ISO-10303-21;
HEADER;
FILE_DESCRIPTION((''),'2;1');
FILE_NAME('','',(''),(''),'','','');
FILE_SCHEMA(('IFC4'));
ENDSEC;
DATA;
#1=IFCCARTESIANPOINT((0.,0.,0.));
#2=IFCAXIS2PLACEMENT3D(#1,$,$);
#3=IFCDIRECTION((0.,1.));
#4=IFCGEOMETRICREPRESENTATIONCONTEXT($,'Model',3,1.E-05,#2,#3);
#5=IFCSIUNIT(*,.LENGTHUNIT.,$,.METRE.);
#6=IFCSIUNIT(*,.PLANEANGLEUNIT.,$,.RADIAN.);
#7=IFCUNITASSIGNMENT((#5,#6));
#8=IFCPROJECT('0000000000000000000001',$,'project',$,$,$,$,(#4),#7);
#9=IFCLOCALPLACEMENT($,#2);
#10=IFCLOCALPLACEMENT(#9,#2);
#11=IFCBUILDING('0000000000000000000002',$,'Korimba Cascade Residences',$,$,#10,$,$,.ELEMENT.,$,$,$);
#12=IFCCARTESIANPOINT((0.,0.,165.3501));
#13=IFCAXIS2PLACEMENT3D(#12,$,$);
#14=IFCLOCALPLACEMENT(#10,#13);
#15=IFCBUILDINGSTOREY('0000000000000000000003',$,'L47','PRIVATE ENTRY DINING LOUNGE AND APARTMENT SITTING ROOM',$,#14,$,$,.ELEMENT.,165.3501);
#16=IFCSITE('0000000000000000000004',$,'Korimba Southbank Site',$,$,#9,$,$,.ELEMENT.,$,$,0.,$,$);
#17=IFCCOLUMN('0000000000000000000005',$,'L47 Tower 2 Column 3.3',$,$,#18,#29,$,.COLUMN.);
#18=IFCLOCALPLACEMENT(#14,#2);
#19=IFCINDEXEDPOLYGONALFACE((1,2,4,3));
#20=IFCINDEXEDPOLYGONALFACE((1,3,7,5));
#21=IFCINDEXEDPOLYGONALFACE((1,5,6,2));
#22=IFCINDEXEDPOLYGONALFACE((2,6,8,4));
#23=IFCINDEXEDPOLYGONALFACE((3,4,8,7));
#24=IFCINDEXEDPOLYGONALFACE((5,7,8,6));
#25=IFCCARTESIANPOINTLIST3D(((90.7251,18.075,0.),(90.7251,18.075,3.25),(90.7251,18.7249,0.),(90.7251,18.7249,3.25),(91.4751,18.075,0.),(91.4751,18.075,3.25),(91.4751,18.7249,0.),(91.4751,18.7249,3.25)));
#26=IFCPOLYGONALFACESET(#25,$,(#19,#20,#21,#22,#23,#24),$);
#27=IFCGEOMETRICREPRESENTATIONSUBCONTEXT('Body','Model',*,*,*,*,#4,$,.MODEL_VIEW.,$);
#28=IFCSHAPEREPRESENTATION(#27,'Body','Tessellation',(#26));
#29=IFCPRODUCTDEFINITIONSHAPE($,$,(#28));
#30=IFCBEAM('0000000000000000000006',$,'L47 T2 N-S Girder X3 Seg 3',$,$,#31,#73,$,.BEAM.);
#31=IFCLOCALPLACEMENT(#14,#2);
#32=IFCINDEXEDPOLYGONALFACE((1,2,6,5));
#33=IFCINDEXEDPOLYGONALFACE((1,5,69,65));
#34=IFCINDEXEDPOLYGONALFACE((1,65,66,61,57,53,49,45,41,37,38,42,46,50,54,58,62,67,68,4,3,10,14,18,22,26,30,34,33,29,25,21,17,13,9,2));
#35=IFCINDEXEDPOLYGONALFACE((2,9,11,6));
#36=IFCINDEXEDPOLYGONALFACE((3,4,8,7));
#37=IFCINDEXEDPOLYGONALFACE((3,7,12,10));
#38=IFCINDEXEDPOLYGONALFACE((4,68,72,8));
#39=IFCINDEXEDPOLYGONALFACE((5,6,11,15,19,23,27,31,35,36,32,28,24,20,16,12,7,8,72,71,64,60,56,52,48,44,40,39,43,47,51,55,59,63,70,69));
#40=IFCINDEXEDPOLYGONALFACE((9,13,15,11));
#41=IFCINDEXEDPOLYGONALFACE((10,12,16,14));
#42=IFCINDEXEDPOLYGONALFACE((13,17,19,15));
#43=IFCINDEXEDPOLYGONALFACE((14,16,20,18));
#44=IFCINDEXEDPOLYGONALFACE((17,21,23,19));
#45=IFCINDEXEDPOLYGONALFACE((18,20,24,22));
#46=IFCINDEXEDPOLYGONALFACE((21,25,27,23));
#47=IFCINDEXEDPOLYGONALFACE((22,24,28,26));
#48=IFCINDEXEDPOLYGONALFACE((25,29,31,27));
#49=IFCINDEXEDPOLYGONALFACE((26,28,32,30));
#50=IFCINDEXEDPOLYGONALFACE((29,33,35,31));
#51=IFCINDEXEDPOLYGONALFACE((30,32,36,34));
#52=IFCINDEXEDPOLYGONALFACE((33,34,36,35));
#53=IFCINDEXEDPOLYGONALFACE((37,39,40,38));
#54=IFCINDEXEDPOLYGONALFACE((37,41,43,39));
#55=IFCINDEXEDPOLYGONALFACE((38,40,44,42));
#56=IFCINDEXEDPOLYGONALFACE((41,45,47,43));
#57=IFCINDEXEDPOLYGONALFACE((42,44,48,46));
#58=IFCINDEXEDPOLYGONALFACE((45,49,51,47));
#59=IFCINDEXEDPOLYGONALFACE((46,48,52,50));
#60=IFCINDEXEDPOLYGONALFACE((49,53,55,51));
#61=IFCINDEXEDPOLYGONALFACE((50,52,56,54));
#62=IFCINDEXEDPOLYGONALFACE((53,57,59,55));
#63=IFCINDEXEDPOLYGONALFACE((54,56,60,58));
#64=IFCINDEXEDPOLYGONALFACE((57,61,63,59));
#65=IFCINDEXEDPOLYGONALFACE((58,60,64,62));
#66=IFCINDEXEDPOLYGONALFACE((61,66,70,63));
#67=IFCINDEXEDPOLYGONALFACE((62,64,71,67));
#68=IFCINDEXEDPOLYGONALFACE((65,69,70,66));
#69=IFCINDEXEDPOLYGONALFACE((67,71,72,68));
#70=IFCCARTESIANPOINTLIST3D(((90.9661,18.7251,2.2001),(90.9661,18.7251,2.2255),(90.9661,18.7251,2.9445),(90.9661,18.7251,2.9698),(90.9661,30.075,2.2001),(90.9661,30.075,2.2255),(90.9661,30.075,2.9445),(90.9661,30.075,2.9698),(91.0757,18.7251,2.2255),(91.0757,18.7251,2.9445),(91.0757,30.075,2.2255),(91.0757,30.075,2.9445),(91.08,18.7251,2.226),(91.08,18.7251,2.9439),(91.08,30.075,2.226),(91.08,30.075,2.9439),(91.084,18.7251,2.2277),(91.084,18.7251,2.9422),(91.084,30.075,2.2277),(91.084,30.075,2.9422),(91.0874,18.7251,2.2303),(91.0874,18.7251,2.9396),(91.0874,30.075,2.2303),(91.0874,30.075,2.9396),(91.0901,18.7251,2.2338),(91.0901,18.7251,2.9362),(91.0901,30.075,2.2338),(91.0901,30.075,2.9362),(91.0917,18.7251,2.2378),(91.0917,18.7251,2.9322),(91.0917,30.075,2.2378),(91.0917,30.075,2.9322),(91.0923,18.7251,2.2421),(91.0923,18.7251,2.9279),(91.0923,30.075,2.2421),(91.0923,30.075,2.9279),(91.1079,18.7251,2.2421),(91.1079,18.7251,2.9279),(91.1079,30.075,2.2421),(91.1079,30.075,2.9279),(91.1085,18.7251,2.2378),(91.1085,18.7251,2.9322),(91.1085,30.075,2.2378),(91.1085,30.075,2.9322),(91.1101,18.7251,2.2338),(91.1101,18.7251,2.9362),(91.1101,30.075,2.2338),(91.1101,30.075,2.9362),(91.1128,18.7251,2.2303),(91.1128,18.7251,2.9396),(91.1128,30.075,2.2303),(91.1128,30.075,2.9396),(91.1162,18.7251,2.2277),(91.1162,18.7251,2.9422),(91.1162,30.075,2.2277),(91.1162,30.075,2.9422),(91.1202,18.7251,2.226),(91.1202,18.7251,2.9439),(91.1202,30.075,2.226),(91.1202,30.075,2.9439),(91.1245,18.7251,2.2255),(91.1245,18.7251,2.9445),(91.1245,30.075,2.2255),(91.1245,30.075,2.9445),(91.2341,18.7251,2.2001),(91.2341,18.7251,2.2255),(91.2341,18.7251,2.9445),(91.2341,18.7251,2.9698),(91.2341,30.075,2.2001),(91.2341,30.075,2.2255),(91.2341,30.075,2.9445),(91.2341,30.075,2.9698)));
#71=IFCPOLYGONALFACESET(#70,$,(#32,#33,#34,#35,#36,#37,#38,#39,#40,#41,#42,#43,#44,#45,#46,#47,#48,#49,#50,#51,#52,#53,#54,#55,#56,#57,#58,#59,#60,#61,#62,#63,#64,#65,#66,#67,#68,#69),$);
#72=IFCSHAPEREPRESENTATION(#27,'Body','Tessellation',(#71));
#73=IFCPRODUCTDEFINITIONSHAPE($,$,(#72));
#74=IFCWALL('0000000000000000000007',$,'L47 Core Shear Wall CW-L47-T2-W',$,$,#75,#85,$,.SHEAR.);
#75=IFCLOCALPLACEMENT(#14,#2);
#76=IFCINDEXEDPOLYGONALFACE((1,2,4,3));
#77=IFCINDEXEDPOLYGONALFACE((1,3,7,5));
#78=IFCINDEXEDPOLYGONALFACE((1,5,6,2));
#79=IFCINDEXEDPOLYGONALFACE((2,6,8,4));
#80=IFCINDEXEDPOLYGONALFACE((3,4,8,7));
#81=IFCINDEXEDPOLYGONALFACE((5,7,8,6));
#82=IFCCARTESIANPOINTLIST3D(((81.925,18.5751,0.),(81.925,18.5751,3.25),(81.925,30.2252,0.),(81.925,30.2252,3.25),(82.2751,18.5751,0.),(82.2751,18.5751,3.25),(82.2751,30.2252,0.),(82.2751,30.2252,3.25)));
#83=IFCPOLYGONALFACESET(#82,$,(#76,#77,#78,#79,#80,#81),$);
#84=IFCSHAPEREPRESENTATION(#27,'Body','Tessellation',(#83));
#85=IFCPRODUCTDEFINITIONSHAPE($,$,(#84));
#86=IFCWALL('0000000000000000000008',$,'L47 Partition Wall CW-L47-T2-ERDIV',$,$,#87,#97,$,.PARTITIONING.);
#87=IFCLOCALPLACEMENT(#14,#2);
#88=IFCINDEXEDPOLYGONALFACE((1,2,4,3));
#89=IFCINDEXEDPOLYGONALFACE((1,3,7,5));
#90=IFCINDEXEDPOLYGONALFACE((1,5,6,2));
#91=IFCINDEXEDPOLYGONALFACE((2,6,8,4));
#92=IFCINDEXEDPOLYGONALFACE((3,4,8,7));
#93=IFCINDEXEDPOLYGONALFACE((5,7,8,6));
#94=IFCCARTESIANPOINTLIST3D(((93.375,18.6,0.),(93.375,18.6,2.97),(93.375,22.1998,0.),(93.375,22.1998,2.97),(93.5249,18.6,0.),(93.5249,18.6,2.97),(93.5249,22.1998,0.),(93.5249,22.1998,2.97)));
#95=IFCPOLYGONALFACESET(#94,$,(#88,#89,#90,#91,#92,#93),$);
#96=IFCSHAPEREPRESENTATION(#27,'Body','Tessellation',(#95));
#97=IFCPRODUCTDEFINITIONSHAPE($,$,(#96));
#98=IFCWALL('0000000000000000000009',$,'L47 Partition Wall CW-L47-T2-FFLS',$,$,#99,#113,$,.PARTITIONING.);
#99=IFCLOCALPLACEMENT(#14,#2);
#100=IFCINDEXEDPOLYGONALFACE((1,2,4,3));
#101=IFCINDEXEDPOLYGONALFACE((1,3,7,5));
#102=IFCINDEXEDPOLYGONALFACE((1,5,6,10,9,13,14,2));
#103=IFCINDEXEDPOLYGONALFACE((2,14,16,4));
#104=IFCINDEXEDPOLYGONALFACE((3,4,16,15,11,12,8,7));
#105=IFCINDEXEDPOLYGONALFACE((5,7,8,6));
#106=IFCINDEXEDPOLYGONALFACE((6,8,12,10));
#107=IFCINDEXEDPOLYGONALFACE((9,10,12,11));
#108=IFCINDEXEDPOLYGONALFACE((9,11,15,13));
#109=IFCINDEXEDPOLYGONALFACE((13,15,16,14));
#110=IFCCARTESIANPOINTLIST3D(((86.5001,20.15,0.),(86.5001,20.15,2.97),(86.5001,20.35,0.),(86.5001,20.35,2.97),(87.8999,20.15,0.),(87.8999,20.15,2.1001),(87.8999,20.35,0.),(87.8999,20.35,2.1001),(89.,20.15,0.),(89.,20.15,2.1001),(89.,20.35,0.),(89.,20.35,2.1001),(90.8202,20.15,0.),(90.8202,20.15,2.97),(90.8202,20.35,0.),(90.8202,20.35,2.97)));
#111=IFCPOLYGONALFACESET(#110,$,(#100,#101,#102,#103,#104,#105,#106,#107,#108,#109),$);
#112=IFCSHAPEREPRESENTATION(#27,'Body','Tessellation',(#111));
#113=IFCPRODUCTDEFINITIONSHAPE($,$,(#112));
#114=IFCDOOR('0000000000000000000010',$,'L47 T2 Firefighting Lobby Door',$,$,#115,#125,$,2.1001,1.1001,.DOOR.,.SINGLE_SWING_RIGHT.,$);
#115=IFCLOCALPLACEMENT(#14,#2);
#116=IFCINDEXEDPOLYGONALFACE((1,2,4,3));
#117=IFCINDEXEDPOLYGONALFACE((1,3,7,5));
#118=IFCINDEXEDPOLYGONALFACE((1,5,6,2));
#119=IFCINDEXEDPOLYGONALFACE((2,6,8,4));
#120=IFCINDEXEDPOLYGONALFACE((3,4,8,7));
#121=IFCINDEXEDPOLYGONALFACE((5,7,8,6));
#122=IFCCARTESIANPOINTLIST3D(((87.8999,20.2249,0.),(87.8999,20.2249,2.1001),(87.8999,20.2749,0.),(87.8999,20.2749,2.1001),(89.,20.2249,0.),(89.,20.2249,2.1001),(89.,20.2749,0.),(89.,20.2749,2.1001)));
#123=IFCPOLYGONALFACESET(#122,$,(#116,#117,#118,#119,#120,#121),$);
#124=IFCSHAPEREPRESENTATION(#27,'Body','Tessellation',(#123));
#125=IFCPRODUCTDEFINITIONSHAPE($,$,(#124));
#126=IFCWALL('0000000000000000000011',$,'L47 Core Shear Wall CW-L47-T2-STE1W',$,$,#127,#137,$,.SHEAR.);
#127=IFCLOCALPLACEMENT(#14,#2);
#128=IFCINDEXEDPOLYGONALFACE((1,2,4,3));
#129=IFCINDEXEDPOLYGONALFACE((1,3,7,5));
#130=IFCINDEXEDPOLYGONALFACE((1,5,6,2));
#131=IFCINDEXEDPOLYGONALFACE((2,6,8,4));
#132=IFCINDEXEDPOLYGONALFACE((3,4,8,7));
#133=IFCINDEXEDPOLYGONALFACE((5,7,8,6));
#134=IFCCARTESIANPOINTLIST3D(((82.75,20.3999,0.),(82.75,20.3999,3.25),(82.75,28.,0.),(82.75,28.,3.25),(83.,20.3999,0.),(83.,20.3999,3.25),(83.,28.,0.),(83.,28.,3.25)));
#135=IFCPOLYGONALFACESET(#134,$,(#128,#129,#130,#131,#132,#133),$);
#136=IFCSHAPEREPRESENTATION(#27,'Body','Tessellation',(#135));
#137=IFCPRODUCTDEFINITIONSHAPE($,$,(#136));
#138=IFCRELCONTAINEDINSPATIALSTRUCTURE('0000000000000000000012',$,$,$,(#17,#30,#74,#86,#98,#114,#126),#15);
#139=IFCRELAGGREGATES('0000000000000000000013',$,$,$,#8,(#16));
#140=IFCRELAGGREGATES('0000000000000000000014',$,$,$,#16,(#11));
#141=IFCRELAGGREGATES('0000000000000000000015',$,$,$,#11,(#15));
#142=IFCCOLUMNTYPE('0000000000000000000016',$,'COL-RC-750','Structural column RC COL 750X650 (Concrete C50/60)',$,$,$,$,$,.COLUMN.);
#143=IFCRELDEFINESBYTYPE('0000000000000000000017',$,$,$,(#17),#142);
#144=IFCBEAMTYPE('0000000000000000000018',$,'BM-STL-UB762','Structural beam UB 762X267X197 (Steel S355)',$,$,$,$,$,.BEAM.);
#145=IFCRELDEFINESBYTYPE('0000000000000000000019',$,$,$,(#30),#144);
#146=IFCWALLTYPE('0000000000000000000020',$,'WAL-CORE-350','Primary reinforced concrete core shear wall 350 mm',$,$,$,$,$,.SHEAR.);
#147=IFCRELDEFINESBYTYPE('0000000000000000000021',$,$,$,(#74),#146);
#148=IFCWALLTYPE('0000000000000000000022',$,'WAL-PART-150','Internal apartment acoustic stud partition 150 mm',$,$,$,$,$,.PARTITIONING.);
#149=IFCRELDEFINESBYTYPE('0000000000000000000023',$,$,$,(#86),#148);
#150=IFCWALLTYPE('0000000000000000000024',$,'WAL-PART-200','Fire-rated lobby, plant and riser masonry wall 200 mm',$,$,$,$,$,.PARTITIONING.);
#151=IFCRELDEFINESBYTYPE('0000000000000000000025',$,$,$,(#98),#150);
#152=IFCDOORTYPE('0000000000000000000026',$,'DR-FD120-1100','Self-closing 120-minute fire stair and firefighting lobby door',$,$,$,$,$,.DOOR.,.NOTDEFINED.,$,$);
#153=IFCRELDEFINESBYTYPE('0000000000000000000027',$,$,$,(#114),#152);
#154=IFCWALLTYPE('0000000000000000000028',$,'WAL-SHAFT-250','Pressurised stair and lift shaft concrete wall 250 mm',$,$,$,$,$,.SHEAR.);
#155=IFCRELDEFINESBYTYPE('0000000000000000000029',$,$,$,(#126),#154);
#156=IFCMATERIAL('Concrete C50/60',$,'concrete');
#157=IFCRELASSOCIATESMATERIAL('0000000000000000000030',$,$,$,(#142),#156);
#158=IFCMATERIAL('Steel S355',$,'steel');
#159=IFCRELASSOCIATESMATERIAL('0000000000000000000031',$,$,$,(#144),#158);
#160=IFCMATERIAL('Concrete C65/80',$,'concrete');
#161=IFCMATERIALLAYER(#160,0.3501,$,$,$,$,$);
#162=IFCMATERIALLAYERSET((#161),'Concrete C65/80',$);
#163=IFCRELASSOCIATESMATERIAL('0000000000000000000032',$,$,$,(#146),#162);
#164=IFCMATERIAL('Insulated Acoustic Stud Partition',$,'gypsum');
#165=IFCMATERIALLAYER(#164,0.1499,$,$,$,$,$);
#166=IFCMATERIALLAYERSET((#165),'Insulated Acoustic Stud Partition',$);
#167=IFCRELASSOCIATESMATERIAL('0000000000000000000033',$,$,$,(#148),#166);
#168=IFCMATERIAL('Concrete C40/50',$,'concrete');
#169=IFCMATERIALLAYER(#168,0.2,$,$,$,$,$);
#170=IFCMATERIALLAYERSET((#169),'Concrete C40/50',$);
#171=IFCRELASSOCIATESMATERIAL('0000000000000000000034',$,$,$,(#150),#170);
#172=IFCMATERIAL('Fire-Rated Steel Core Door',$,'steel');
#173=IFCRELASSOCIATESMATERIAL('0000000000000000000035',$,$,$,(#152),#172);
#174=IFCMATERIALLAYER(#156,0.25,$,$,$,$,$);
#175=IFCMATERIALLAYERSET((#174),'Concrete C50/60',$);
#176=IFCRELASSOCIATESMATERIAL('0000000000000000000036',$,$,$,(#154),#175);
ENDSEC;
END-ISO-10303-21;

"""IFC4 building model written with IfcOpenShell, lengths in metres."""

from ifc_helpers import new_model, si_unit, direction, frame, frame_2d, origin, origin_2d, place, context, subcontext, project, spatial, rectangle, i_section, extrude, material, layer, layer_set, material_profile, profile_set, type_object, element, fill, save


model = new_model("IFC4")

# Units and contexts
model_context = context("Model", 3, precision=1e-05, world=origin(), true_north=direction((0.0, 1.0)))
body_context = subcontext(model_context, "Body", "Model", "MODEL_VIEW")
ifc_project = project(units=[si_unit("LENGTHUNIT", "METRE"), si_unit("PLANEANGLEUNIT", "RADIAN")], contexts=[model_context])

# Site, building, storey
site_placement = place(None, origin())
site = spatial("IfcSite", under=ifc_project, at=site_placement, Name="Korimba Southbank Site", CompositionType="ELEMENT", RefElevation=0.0)
building_placement = place(site_placement, origin())
building = spatial("IfcBuilding", under=site, at=building_placement, Name="Korimba Cascade Residences", CompositionType="ELEMENT")
storey_placement = place(building_placement, frame((0.0, 0.0, 165.3501)))
storey = spatial("IfcBuildingStorey", under=building, at=storey_placement, Name="L47", Description="PRIVATE ENTRY DINING LOUNGE AND APARTMENT SITTING ROOM", CompositionType="ELEMENT", Elevation=165.3501)

# Column
ifc_material_1 = material(Name="Concrete C50/60", Category="concrete")
ifc_material_profile_1 = material_profile(ifc_material_1, rectangle(XDim=0.75, YDim=0.6499, at=origin_2d()), Name="Concrete C50/60")
ifc_profile_set_1 = profile_set([ifc_material_profile_1], Name="Concrete C50/60")
column_type = type_object("IfcColumnType", Name="COL-RC-750", Description="Structural column RC COL 750X650 (Concrete C50/60)", PredefinedType="COLUMN", material=ifc_profile_set_1)
column_placement = place(storey_placement, frame((91.1001, 18.3999, 0.0), z_axis=(0.0, 0.0, 1.0), x_axis=(1.0, 0.0, 0.0)))
element("IfcColumn", 1, at=column_placement, inside=storey, type_object=column_type, Name="L47 Tower 2 Column 3.3", PredefinedType="COLUMN", context=body_context, shape_type="SweptSolid", body=[
    extrude(rectangle(XDim=0.75, YDim=0.6499, at=origin_2d()), origin(), (0.0, 0.0, 1.0), 3.25),
])

# Beam
ifc_material_2 = material(Name="Steel S355", Category="steel")
ifc_material_profile_2 = material_profile(ifc_material_2, i_section(OverallWidth=0.2681, OverallDepth=0.7698, WebThickness=0.0156, FlangeThickness=0.0254, FilletRadius=0.0166, at=origin_2d()), Name="Steel S355")
ifc_profile_set_2 = profile_set([ifc_material_profile_2], Name="Steel S355")
beam_type = type_object("IfcBeamType", Name="BM-STL-UB762", Description="Structural beam UB 762X267X197 (Steel S355)", PredefinedType="BEAM", material=ifc_profile_set_2)
beam_placement = place(storey_placement, frame((91.1001, 18.7251, 2.585), z_axis=(0.0, 1.0, 0.0), x_axis=(-1.0, 0.0, 0.0)))
element("IfcBeam", 2, at=beam_placement, inside=storey, type_object=beam_type, Name="L47 T2 N-S Girder X3 Seg 3", PredefinedType="BEAM", context=body_context, shape_type="SweptSolid", body=[
    extrude(i_section(OverallWidth=0.2681, OverallDepth=0.7698, WebThickness=0.0156, FlangeThickness=0.0254, FilletRadius=0.0166, at=origin_2d()), origin(), (0.0, 0.0, 1.0), 11.3499),
])

# Walls
ifc_material_3 = material(Name="Concrete C65/80", Category="concrete")
ifc_layer_1 = layer(ifc_material_3, 0.3501)
ifc_layer_set_1 = layer_set([ifc_layer_1], Name="Concrete C65/80")
wall_type_1 = type_object("IfcWallType", Name="WAL-CORE-350", Description="Primary reinforced concrete core shear wall 350 mm", PredefinedType="SHEAR", material=ifc_layer_set_1)
wall_1_placement = place(storey_placement, frame((82.1001, 18.575, 0.0), z_axis=(0.0, 0.0, 1.0), x_axis=(0.0, 1.0, 0.0)))
element("IfcWall", 3, at=wall_1_placement, inside=storey, type_object=wall_type_1, Name="L47 Core Shear Wall CW-L47-T2-W", PredefinedType="SHEAR", context=body_context, shape_type="SweptSolid", body=[
    extrude(rectangle(XDim=11.6501, YDim=0.3501, at=frame_2d((5.8252, 0.0))), origin(), (0.0, 0.0, 1.0), 3.25),
])
ifc_material_4 = material(Name="Insulated Acoustic Stud Partition", Category="gypsum")
ifc_layer_2 = layer(ifc_material_4, 0.1499)
ifc_layer_set_2 = layer_set([ifc_layer_2], Name="Insulated Acoustic Stud Partition")
wall_type_2 = type_object("IfcWallType", Name="WAL-PART-150", Description="Internal apartment acoustic stud partition 150 mm", PredefinedType="PARTITIONING", material=ifc_layer_set_2)
wall_2_placement = place(storey_placement, frame((93.45, 18.6001, 0.0), z_axis=(0.0, 0.0, 1.0), x_axis=(0.0, 1.0, 0.0)))
element("IfcWall", 4, at=wall_2_placement, inside=storey, type_object=wall_type_2, Name="L47 Partition Wall CW-L47-T2-ERDIV", PredefinedType="PARTITIONING", context=body_context, shape_type="SweptSolid", body=[
    extrude(rectangle(XDim=3.5999, YDim=0.1499, at=frame_2d((1.7998, 0.0))), origin(), (0.0, 0.0, 1.0), 2.97),
])

# Wall, opening, door
ifc_material_5 = material(Name="Concrete C40/50", Category="concrete")
ifc_layer_3 = layer(ifc_material_5, 0.2)
ifc_layer_set_3 = layer_set([ifc_layer_3], Name="Concrete C40/50")
wall_type_3 = type_object("IfcWallType", Name="WAL-PART-200", Description="Fire-rated lobby, plant and riser masonry wall 200 mm", PredefinedType="PARTITIONING", material=ifc_layer_set_3)
wall_3_placement = place(storey_placement, frame((86.5, 20.25, 0.0), z_axis=(0.0, 0.0, 1.0), x_axis=(1.0, 0.0, 0.0)))
wall_3 = element("IfcWall", 5, at=wall_3_placement, inside=storey, type_object=wall_type_3, Name="L47 Partition Wall CW-L47-T2-FFLS", PredefinedType="PARTITIONING", context=body_context, shape_type="SweptSolid", body=[
    extrude(rectangle(XDim=4.3201, YDim=0.2, at=frame_2d((2.1602, 0.0))), origin(), (0.0, 0.0, 1.0), 2.97),
])
opening_1_placement = place(wall_3_placement, frame((1.3999, 0.0, 0.0)))
opening_1 = element("IfcOpeningElement", 6, at=opening_1_placement, cuts=wall_3, PredefinedType="OPENING", context=body_context, shape_type="SweptSolid", body=[
    extrude(rectangle(XDim=1.1001, YDim=2.1001, at=frame_2d((0.55, 1.05))), frame((0.0, 0.1099, 0.0), z_axis=(0.0, -1.0, 0.0), x_axis=(1.0, 0.0, 0.0)), (0.0, 0.0, 1.0), 0.22),
])
ifc_material_6 = material(Name="Fire-Rated Steel Core Door", Category="steel")
door_type_1 = type_object("IfcDoorType", Name="DR-FD120-1100", Description="Self-closing 120-minute fire stair and firefighting lobby door", OperationType="NOTDEFINED", PredefinedType="DOOR", material=ifc_material_6)
door_1_placement = place(opening_1_placement, origin())
door_1 = element("IfcDoor", 7, at=door_1_placement, inside=storey, type_object=door_type_1, Name="L47 T2 Firefighting Lobby Door", OperationType="SINGLE_SWING_RIGHT", OverallHeight=2.1001, OverallWidth=1.1001, PredefinedType="DOOR", context=body_context, shape_type="SweptSolid", body=[
    extrude(rectangle(XDim=1.1001, YDim=2.1001, at=frame_2d((0.55, 1.05))), frame((0.0, 0.0249, 0.0), z_axis=(0.0, -1.0, 0.0), x_axis=(1.0, 0.0, 0.0)), (0.0, 0.0, 1.0), 0.05),
])
fill(opening_1, door_1)

# Wall
ifc_layer_4 = layer(ifc_material_1, 0.25)
ifc_layer_set_4 = layer_set([ifc_layer_4], Name="Concrete C50/60")
wall_type_4 = type_object("IfcWallType", Name="WAL-SHAFT-250", Description="Pressurised stair and lift shaft concrete wall 250 mm", PredefinedType="SHEAR", material=ifc_layer_set_4)
wall_4_placement = place(storey_placement, frame((82.875, 20.3999, 0.0), z_axis=(0.0, 0.0, 1.0), x_axis=(0.0, 1.0, 0.0)))
element("IfcWall", 8, at=wall_4_placement, inside=storey, type_object=wall_type_4, Name="L47 Core Shear Wall CW-L47-T2-STE1W", PredefinedType="SHEAR", context=body_context, shape_type="SweptSolid", body=[
    extrude(rectangle(XDim=7.6001, YDim=0.25, at=frame_2d((3.8, 0.0))), origin(), (0.0, 0.0, 1.0), 3.25),
])

save(model, "model.ifc")
